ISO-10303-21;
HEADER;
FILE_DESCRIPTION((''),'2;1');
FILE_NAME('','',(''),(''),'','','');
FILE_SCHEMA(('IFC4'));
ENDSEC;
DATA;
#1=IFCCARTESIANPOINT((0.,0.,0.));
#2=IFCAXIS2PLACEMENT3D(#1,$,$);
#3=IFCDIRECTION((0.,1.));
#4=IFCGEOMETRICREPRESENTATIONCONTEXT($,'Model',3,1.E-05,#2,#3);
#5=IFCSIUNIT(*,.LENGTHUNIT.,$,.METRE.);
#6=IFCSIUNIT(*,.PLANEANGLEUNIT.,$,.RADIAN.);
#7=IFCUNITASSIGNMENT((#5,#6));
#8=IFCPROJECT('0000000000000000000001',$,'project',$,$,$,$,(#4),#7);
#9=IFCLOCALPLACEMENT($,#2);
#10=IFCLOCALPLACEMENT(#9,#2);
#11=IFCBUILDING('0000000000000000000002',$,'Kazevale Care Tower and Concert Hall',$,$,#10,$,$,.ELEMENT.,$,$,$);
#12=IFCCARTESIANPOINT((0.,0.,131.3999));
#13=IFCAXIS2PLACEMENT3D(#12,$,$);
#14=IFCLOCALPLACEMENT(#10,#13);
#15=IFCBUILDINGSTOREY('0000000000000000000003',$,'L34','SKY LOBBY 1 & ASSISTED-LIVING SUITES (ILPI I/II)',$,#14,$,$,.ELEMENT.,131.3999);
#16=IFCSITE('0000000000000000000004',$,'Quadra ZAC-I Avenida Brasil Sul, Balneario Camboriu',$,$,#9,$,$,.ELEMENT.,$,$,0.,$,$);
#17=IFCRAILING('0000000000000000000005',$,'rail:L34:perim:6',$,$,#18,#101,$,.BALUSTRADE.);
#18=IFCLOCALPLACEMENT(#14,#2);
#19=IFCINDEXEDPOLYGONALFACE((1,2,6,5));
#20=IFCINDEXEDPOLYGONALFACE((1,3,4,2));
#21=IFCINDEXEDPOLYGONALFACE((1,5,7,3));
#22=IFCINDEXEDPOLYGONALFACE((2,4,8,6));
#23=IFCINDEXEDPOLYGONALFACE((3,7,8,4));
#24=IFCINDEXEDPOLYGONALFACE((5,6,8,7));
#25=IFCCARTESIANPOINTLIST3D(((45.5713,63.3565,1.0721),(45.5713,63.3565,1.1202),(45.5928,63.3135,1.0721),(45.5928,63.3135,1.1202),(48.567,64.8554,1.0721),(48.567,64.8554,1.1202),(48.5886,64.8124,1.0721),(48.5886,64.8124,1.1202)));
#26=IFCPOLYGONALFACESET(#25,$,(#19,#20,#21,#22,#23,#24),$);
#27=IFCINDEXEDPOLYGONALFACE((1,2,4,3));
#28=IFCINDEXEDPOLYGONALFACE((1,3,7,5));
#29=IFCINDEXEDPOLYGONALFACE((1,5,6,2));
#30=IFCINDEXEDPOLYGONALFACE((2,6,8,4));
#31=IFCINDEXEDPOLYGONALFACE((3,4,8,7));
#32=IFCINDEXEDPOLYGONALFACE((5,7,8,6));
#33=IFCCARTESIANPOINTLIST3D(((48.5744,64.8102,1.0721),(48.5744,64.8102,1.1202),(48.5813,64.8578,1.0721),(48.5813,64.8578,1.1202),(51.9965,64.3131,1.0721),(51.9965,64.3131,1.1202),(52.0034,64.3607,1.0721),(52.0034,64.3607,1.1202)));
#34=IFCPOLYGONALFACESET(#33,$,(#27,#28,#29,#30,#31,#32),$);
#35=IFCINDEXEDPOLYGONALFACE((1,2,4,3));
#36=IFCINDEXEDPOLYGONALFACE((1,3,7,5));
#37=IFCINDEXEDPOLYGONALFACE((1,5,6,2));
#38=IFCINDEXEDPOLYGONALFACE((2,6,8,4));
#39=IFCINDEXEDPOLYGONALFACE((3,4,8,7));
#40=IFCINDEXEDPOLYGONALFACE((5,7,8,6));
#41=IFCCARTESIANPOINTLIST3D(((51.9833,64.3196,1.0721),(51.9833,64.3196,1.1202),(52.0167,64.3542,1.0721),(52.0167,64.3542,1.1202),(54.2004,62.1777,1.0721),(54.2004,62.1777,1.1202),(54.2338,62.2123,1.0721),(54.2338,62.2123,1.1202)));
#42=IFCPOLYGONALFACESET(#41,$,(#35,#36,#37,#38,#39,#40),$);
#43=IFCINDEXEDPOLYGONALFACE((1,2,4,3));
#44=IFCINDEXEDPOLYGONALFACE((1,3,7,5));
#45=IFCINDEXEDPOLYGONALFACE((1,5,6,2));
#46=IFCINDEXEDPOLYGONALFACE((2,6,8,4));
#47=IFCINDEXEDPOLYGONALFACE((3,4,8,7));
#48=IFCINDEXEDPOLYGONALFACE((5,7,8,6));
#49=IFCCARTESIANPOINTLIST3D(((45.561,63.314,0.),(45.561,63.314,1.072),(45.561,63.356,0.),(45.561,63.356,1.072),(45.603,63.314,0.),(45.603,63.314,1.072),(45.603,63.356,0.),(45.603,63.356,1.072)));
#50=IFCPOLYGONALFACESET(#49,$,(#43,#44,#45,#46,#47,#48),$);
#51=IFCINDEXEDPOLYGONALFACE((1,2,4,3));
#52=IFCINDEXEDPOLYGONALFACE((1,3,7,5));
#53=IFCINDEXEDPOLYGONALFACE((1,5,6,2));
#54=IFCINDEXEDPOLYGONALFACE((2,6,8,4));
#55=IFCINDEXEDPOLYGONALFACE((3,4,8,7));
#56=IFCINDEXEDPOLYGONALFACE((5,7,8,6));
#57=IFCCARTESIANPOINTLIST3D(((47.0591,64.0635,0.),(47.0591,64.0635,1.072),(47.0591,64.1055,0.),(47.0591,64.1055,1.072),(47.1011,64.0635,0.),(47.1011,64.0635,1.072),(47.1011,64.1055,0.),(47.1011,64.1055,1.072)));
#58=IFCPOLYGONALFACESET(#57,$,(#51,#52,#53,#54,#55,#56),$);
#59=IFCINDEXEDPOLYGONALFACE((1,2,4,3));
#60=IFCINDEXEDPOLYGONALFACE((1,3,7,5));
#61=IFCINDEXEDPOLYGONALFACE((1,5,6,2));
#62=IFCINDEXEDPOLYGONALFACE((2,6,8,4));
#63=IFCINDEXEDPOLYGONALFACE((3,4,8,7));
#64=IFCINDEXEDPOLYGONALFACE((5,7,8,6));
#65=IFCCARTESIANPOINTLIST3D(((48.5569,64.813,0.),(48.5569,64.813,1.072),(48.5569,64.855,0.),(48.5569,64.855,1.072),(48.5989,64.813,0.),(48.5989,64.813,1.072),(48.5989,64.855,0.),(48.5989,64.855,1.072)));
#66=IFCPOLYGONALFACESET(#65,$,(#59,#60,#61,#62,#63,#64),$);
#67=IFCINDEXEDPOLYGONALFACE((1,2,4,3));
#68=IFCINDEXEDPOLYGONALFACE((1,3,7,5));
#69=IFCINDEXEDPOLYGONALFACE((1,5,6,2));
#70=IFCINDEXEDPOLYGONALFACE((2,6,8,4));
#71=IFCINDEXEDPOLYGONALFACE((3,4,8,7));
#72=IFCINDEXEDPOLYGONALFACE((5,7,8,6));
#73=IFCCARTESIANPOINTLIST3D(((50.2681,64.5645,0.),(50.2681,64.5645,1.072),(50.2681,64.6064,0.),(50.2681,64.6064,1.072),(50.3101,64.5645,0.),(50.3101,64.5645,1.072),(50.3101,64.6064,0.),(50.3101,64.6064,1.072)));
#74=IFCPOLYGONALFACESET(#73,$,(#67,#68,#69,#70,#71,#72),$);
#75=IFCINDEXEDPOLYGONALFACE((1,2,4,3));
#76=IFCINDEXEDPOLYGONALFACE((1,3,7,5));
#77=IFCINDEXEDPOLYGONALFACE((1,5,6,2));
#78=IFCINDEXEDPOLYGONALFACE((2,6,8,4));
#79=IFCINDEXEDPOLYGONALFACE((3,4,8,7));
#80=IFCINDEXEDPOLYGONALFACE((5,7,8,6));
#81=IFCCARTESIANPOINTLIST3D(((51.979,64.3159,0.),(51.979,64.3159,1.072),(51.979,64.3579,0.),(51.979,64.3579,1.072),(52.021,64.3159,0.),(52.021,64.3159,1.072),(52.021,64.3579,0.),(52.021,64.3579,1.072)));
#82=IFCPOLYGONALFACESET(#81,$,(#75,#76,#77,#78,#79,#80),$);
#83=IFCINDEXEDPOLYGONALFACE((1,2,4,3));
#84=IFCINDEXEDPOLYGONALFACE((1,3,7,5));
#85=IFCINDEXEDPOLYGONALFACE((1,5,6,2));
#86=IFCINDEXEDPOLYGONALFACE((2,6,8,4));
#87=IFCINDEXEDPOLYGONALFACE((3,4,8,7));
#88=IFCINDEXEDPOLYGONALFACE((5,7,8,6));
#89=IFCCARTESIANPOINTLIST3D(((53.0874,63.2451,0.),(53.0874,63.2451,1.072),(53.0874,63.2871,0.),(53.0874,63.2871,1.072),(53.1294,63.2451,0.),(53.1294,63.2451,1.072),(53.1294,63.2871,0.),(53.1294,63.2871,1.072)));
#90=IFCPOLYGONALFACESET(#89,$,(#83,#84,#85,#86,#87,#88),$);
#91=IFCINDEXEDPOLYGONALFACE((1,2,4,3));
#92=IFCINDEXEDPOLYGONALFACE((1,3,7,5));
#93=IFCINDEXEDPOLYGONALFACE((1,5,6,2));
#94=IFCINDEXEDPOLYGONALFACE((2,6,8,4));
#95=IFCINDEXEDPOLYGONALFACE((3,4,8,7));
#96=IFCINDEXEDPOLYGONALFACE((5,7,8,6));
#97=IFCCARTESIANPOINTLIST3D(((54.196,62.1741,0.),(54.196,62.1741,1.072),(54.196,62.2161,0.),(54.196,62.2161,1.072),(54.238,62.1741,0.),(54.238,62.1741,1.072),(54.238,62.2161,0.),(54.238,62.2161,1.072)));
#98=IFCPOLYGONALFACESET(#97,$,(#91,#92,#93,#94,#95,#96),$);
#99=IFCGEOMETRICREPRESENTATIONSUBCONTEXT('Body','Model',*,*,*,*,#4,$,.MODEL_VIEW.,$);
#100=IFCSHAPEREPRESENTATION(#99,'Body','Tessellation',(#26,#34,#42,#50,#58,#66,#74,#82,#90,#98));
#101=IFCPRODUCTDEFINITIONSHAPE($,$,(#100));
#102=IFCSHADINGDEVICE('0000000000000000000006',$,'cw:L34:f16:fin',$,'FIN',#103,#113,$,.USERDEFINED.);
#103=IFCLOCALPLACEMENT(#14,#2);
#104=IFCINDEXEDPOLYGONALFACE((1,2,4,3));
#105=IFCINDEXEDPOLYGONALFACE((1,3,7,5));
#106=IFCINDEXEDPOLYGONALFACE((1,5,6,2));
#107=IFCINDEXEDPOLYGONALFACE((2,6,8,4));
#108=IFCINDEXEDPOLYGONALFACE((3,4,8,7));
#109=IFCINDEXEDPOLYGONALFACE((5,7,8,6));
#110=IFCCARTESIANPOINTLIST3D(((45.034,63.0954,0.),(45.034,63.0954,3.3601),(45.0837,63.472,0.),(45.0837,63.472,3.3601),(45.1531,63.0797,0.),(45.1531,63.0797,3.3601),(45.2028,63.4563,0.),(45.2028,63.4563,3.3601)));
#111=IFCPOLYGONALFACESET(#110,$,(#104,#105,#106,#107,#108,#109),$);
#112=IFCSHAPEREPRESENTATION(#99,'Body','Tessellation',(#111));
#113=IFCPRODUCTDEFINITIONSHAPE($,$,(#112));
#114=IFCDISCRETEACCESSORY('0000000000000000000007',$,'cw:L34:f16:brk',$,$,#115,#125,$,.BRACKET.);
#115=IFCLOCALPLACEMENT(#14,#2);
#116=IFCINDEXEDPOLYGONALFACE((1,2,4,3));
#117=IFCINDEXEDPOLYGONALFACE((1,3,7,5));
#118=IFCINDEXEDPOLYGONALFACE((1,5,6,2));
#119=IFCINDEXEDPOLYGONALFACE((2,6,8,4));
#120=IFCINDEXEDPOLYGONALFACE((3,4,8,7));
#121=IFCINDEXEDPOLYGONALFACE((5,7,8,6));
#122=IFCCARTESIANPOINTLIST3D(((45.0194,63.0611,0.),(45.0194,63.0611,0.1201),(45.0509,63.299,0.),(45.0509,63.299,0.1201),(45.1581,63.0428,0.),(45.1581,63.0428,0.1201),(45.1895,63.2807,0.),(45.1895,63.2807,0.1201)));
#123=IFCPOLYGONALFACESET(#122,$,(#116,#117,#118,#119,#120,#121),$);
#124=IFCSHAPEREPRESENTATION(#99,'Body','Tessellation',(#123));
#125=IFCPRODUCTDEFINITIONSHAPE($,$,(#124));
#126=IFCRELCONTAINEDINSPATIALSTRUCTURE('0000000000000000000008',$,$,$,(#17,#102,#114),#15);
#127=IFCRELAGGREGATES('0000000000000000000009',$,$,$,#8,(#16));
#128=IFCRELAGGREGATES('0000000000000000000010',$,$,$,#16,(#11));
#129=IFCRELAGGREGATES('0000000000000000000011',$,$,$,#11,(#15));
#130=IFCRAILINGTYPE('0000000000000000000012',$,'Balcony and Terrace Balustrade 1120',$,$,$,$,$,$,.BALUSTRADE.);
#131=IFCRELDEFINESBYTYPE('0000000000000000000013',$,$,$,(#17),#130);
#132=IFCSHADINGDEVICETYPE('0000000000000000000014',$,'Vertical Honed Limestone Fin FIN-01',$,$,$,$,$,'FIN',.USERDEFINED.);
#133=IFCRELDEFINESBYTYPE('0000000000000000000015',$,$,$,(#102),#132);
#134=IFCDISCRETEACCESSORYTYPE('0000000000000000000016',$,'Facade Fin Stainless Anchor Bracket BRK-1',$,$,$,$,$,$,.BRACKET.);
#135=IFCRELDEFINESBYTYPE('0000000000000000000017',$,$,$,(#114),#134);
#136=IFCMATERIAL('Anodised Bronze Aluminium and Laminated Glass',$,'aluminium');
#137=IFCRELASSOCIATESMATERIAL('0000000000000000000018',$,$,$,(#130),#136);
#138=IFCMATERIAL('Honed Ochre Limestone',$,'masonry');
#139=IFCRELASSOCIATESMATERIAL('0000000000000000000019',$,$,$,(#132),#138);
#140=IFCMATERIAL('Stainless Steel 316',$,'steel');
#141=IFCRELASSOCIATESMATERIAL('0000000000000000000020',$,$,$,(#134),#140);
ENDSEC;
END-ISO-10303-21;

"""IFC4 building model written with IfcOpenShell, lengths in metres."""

from ifc_helpers import new_model, si_unit, direction, frame, origin, origin_2d, place, context, subcontext, project, spatial, rectangle, extrude, material, type_object, element, save


model = new_model("IFC4")

# Units and contexts
model_context = context("Model", 3, precision=1e-05, world=origin(), true_north=direction((0.0, 1.0)))
body_context = subcontext(model_context, "Body", "Model", "MODEL_VIEW")
ifc_project = project(units=[si_unit("LENGTHUNIT", "METRE"), si_unit("PLANEANGLEUNIT", "RADIAN")], contexts=[model_context])

# Site, building, storey
site_placement = place(None, origin())
site = spatial("IfcSite", under=ifc_project, at=site_placement, Name="Quadra ZAC-I Avenida Brasil Sul, Balneario Camboriu", CompositionType="ELEMENT", RefElevation=0.0)
building_placement = place(site_placement, origin())
building = spatial("IfcBuilding", under=site, at=building_placement, Name="Kazevale Care Tower and Concert Hall", CompositionType="ELEMENT")
storey_placement = place(building_placement, frame((0.0, 0.0, 131.3999)))
storey = spatial("IfcBuildingStorey", under=building, at=storey_placement, Name="L34", Description="SKY LOBBY 1 & ASSISTED-LIVING SUITES (ILPI I/II)", CompositionType="ELEMENT", Elevation=131.3999)

# Railing
ifc_material_1 = material(Name="Anodised Bronze Aluminium and Laminated Glass", Category="aluminium")
railing_type = type_object("IfcRailingType", Name="Balcony and Terrace Balustrade 1120", PredefinedType="BALUSTRADE", material=ifc_material_1)
railing_placement = place(storey_placement, frame((45.582, 63.335, 0.0)))
element("IfcRailing", 1, at=railing_placement, inside=storey, type_object=railing_type, Name="rail:L34:perim:6", PredefinedType="BALUSTRADE", context=body_context, shape_type="SweptSolid", body=[
    extrude(rectangle(XDim=0.0481, YDim=0.0481, at=origin_2d()), frame((0.0, 0.0, 1.0962), z_axis=(0.894296, 0.447476, 0.0), x_axis=(-0.447476, 0.894296, 0.0)), (0.0, 0.0, 1.0), 3.3499),
    extrude(rectangle(XDim=0.0481, YDim=0.0481, at=origin_2d()), frame((2.9958, 1.499, 1.0962), z_axis=(0.989615, -0.143744, 0.0), x_axis=(0.143744, 0.989615, 0.0)), (0.0, 0.0, 1.0), 3.458),
    extrude(rectangle(XDim=0.0481, YDim=0.0481, at=origin_2d()), frame((6.418, 1.002, 1.0962), z_axis=(0.719198, -0.694805, 0.0), x_axis=(0.694805, 0.719198, 0.0)), (0.0, 0.0, 1.0), 3.0828),
    extrude(rectangle(XDim=0.042, YDim=0.042, at=origin_2d()), origin(), (0.0, 0.0, 1.0), 1.072),
    extrude(rectangle(XDim=0.042, YDim=0.042, at=origin_2d()), frame((1.498, 0.7495, 0.0)), (0.0, 0.0, 1.0), 1.072),
    extrude(rectangle(XDim=0.042, YDim=0.042, at=origin_2d()), frame((2.9958, 1.499, 0.0)), (0.0, 0.0, 1.0), 1.072),
    extrude(rectangle(XDim=0.042, YDim=0.042, at=origin_2d()), frame((4.707, 1.2505, 0.0)), (0.0, 0.0, 1.0), 1.072),
    extrude(rectangle(XDim=0.042, YDim=0.042, at=origin_2d()), frame((6.418, 1.002, 0.0)), (0.0, 0.0, 1.0), 1.072),
    extrude(rectangle(XDim=0.042, YDim=0.042, at=origin_2d()), frame((7.5264, -0.0688, 0.0)), (0.0, 0.0, 1.0), 1.072),
    extrude(rectangle(XDim=0.042, YDim=0.042, at=origin_2d()), frame((8.635, -1.1399, 0.0)), (0.0, 0.0, 1.0), 1.072),
])

# Shading device
ifc_material_2 = material(Name="Honed Ochre Limestone", Category="masonry")
shading_device_type = type_object("IfcShadingDeviceType", Name="Vertical Honed Limestone Fin FIN-01", ElementType="FIN", PredefinedType="USERDEFINED", material=ifc_material_2)
shading_device_placement = place(storey_placement, frame((45.1184, 63.2759, 0.0), z_axis=(0.0, 0.0, 1.0), x_axis=(0.130872, 0.991399, 0.0)))
element("IfcShadingDevice", 2, at=shading_device_placement, inside=storey, type_object=shading_device_type, Name="cw:L34:f16:fin", ObjectType="FIN", PredefinedType="USERDEFINED", context=body_context, shape_type="SweptSolid", body=[
    extrude(rectangle(XDim=0.3799, YDim=0.1201, at=origin_2d()), origin(), (0.0, 0.0, 1.0), 3.3601),
])

# Discrete accessory
ifc_material_3 = material(Name="Stainless Steel 316", Category="steel")
discrete_accessory_type = type_object("IfcDiscreteAccessoryType", Name="Facade Fin Stainless Anchor Bracket BRK-1", PredefinedType="BRACKET", material=ifc_material_3)
discrete_accessory_placement = place(storey_placement, frame((45.1045, 63.1709, 0.0), z_axis=(0.0, 0.0, 1.0), x_axis=(0.130872, 0.991399, 0.0)))
element("IfcDiscreteAccessory", 3, at=discrete_accessory_placement, inside=storey, type_object=discrete_accessory_type, Name="cw:L34:f16:brk", PredefinedType="BRACKET", context=body_context, shape_type="SweptSolid", body=[
    extrude(rectangle(XDim=0.24, YDim=0.1399, at=origin_2d()), origin(), (0.0, 0.0, 1.0), 0.1201),
])

save(model, "model.ifc")
